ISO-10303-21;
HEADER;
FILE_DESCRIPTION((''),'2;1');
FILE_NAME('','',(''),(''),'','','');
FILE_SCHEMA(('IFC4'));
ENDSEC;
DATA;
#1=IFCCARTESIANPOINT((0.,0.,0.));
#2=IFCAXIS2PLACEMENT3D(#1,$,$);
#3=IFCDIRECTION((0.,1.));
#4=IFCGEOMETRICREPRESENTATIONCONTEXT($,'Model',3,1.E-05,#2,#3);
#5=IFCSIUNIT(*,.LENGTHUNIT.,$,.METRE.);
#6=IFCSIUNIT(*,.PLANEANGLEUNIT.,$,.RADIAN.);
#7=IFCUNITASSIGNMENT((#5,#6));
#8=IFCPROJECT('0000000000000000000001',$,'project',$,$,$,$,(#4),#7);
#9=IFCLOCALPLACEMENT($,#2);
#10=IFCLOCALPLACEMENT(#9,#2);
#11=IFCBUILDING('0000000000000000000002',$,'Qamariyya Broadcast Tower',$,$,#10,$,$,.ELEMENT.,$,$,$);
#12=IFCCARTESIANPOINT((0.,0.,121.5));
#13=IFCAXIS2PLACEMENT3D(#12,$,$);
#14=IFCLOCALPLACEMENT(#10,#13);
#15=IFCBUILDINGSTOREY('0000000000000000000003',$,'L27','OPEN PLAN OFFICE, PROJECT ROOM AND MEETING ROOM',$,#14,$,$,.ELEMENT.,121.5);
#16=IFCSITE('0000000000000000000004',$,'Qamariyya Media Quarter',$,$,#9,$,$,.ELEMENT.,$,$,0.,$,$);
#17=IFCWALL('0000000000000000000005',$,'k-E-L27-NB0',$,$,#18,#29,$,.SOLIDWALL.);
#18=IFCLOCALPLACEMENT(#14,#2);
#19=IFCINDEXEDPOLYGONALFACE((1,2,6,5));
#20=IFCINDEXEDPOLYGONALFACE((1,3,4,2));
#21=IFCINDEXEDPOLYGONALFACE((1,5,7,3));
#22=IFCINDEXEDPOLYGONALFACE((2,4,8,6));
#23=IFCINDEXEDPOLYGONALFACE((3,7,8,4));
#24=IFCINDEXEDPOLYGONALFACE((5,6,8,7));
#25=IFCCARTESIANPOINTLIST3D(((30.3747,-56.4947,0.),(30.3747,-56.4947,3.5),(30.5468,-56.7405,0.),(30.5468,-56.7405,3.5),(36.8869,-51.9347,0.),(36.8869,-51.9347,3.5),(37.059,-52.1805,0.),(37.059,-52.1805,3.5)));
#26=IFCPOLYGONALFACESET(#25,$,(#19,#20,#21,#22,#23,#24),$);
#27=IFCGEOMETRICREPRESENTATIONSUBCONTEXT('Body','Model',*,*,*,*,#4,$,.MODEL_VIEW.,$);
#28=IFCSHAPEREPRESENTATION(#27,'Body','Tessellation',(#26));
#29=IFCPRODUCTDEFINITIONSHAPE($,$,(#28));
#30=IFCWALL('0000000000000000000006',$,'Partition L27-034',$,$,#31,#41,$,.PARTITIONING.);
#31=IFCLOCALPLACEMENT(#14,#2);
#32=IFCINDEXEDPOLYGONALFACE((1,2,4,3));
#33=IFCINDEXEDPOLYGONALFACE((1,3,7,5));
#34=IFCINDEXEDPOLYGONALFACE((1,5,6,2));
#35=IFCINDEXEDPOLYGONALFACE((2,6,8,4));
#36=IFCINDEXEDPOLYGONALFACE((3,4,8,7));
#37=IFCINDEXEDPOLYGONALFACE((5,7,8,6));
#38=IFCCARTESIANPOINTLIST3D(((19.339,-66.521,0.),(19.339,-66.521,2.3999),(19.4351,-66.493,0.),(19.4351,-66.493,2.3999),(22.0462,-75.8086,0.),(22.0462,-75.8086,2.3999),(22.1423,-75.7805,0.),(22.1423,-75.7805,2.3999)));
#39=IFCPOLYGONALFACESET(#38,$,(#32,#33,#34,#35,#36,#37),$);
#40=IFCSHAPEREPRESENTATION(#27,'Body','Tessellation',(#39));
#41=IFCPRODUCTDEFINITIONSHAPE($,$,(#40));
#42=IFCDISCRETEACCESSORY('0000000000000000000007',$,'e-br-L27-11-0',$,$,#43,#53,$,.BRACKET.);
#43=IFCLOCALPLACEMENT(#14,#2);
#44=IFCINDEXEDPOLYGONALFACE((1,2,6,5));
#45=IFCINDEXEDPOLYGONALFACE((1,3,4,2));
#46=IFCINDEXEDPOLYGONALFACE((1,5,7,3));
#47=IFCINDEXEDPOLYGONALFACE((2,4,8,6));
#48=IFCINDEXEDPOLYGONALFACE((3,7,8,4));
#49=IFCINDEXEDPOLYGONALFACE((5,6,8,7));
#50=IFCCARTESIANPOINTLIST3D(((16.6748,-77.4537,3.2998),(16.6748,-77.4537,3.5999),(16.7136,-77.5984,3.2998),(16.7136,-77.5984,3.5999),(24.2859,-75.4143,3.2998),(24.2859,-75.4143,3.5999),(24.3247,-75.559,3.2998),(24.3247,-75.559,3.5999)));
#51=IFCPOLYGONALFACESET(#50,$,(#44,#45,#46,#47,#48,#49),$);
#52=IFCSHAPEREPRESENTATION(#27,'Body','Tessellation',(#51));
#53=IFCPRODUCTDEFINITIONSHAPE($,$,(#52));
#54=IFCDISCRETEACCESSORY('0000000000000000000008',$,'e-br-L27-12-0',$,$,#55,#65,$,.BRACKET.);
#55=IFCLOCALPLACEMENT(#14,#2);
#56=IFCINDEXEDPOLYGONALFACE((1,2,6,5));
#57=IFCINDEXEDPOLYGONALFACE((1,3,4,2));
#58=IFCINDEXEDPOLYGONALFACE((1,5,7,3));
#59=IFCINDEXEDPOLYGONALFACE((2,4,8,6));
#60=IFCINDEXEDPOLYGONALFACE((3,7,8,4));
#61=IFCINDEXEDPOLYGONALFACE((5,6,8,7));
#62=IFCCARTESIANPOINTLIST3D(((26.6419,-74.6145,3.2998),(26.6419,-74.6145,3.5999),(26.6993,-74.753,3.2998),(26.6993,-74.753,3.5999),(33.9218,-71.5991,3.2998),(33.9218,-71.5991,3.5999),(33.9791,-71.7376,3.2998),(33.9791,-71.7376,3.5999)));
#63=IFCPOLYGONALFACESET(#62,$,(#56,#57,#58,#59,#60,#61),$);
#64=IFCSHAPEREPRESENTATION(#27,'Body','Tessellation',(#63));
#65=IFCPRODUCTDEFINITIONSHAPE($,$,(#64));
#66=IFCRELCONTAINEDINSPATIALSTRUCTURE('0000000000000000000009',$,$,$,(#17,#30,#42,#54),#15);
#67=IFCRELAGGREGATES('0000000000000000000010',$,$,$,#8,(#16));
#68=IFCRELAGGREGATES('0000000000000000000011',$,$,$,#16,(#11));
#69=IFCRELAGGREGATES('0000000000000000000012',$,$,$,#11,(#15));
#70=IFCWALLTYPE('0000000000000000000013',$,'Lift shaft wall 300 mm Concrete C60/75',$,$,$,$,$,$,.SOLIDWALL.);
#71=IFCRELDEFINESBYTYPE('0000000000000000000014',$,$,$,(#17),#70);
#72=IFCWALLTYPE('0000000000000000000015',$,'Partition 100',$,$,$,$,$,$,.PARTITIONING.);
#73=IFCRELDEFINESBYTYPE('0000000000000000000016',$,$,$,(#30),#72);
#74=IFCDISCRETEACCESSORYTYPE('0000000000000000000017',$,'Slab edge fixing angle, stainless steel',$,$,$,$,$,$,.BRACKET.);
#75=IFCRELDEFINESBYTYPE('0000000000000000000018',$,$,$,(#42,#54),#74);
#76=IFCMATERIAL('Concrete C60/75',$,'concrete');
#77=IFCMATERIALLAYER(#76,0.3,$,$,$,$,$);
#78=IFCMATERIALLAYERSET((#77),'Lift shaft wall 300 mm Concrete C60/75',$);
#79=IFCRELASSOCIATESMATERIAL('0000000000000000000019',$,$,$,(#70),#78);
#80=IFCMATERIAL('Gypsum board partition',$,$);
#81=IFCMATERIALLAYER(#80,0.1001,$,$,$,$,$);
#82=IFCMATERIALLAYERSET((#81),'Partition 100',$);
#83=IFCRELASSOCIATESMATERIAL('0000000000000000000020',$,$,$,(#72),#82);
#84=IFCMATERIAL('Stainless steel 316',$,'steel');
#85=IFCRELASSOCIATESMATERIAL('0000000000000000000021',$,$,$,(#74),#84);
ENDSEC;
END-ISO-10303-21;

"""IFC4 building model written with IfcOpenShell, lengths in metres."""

from ifc_helpers import new_model, si_unit, direction, frame, frame_2d, origin, origin_2d, place, context, subcontext, project, spatial, rectangle, extrude, material, layer, layer_set, type_object, element, save


model = new_model("IFC4")

# Units and contexts
model_context = context("Model", 3, precision=1e-05, world=origin(), true_north=direction((0.0, 1.0)))
body_context = subcontext(model_context, "Body", "Model", "MODEL_VIEW")
ifc_project = project(units=[si_unit("LENGTHUNIT", "METRE"), si_unit("PLANEANGLEUNIT", "RADIAN")], contexts=[model_context])

# Site, building, storey
site_placement = place(None, origin())
site = spatial("IfcSite", under=ifc_project, at=site_placement, Name="Qamariyya Media Quarter", CompositionType="ELEMENT", RefElevation=0.0)
building_placement = place(site_placement, origin())
building = spatial("IfcBuilding", under=site, at=building_placement, Name="Qamariyya Broadcast Tower", CompositionType="ELEMENT")
storey_placement = place(building_placement, frame((0.0, 0.0, 121.5)))
storey = spatial("IfcBuildingStorey", under=building, at=storey_placement, Name="L27", Description="OPEN PLAN OFFICE, PROJECT ROOM AND MEETING ROOM", CompositionType="ELEMENT", Elevation=121.5)

# Shared definitions
ifc_material_1 = material(Name="Gypsum board partition")

# Walls
ifc_material_2 = material(Name="Concrete C60/75", Category="concrete")
ifc_layer_1 = layer(ifc_material_2, 0.3)
ifc_layer_set_1 = layer_set([ifc_layer_1], Name="Lift shaft wall 300 mm Concrete C60/75")
wall_type_1 = type_object("IfcWallType", Name="Lift shaft wall 300 mm Concrete C60/75", PredefinedType="SOLIDWALL", material=ifc_layer_set_1)
wall_1_placement = place(storey_placement, frame((30.4607, -56.6177, 0.0), z_axis=(0.0, 0.0, 1.0), x_axis=(0.819142, 0.57359, 0.0)))
element("IfcWall", 1, at=wall_1_placement, inside=storey, type_object=wall_type_1, Name="k-E-L27-NB0", PredefinedType="SOLIDWALL", context=body_context, shape_type="SweptSolid", body=[
    extrude(rectangle(XDim=7.95, YDim=0.3, at=frame_2d((3.9751, 0.0))), origin(), (0.0, 0.0, 1.0), 3.5),
])
ifc_layer_2 = layer(ifc_material_1, 0.1001)
ifc_layer_set_2 = layer_set([ifc_layer_2], Name="Partition 100")
wall_type_2 = type_object("IfcWallType", Name="Partition 100", PredefinedType="PARTITIONING", material=ifc_layer_set_2)
wall_2_placement = place(storey_placement, frame((22.0942, -75.7944, 0.0), z_axis=(0.0, 0.0, 1.0), x_axis=(-0.279847, 0.960045, 0.0)))
element("IfcWall", 2, at=wall_2_placement, inside=storey, type_object=wall_type_2, Name="Partition L27-034", PredefinedType="PARTITIONING", context=body_context, shape_type="SweptSolid", body=[
    extrude(rectangle(XDim=9.6741, YDim=0.1001, at=frame_2d((4.8369, 0.0))), origin(), (0.0, 0.0, 1.0), 2.3999),
])

# Discrete accessories
ifc_material_3 = material(Name="Stainless steel 316", Category="steel")
discrete_accessory_type = type_object("IfcDiscreteAccessoryType", Name="Slab edge fixing angle, stainless steel", PredefinedType="BRACKET", material=ifc_material_3)
for number, where, z_axis, x_axis, name in (
    (3, (20.4998, -76.5063, 3.2998), (0.0, 0.0, 1.0), (0.965926, 0.258819, 0.0), "e-br-L27-11-0"),
    (4, (30.3105, -73.176, 3.2998), (0.0, 0.0, 1.0), (0.92388, 0.382683, 0.0), "e-br-L27-12-0"),
):
    element("IfcDiscreteAccessory", number, at=place(storey_placement, frame(where, z_axis=z_axis, x_axis=x_axis)), inside=storey, type_object=discrete_accessory_type, Name=name, PredefinedType="BRACKET", context=body_context, shape_type="SweptSolid", body=[
        extrude(rectangle(XDim=7.8796, YDim=0.1499, at=origin_2d()), origin(), (0.0, 0.0, 1.0), 0.3),
    ])

save(model, "model.ifc")
